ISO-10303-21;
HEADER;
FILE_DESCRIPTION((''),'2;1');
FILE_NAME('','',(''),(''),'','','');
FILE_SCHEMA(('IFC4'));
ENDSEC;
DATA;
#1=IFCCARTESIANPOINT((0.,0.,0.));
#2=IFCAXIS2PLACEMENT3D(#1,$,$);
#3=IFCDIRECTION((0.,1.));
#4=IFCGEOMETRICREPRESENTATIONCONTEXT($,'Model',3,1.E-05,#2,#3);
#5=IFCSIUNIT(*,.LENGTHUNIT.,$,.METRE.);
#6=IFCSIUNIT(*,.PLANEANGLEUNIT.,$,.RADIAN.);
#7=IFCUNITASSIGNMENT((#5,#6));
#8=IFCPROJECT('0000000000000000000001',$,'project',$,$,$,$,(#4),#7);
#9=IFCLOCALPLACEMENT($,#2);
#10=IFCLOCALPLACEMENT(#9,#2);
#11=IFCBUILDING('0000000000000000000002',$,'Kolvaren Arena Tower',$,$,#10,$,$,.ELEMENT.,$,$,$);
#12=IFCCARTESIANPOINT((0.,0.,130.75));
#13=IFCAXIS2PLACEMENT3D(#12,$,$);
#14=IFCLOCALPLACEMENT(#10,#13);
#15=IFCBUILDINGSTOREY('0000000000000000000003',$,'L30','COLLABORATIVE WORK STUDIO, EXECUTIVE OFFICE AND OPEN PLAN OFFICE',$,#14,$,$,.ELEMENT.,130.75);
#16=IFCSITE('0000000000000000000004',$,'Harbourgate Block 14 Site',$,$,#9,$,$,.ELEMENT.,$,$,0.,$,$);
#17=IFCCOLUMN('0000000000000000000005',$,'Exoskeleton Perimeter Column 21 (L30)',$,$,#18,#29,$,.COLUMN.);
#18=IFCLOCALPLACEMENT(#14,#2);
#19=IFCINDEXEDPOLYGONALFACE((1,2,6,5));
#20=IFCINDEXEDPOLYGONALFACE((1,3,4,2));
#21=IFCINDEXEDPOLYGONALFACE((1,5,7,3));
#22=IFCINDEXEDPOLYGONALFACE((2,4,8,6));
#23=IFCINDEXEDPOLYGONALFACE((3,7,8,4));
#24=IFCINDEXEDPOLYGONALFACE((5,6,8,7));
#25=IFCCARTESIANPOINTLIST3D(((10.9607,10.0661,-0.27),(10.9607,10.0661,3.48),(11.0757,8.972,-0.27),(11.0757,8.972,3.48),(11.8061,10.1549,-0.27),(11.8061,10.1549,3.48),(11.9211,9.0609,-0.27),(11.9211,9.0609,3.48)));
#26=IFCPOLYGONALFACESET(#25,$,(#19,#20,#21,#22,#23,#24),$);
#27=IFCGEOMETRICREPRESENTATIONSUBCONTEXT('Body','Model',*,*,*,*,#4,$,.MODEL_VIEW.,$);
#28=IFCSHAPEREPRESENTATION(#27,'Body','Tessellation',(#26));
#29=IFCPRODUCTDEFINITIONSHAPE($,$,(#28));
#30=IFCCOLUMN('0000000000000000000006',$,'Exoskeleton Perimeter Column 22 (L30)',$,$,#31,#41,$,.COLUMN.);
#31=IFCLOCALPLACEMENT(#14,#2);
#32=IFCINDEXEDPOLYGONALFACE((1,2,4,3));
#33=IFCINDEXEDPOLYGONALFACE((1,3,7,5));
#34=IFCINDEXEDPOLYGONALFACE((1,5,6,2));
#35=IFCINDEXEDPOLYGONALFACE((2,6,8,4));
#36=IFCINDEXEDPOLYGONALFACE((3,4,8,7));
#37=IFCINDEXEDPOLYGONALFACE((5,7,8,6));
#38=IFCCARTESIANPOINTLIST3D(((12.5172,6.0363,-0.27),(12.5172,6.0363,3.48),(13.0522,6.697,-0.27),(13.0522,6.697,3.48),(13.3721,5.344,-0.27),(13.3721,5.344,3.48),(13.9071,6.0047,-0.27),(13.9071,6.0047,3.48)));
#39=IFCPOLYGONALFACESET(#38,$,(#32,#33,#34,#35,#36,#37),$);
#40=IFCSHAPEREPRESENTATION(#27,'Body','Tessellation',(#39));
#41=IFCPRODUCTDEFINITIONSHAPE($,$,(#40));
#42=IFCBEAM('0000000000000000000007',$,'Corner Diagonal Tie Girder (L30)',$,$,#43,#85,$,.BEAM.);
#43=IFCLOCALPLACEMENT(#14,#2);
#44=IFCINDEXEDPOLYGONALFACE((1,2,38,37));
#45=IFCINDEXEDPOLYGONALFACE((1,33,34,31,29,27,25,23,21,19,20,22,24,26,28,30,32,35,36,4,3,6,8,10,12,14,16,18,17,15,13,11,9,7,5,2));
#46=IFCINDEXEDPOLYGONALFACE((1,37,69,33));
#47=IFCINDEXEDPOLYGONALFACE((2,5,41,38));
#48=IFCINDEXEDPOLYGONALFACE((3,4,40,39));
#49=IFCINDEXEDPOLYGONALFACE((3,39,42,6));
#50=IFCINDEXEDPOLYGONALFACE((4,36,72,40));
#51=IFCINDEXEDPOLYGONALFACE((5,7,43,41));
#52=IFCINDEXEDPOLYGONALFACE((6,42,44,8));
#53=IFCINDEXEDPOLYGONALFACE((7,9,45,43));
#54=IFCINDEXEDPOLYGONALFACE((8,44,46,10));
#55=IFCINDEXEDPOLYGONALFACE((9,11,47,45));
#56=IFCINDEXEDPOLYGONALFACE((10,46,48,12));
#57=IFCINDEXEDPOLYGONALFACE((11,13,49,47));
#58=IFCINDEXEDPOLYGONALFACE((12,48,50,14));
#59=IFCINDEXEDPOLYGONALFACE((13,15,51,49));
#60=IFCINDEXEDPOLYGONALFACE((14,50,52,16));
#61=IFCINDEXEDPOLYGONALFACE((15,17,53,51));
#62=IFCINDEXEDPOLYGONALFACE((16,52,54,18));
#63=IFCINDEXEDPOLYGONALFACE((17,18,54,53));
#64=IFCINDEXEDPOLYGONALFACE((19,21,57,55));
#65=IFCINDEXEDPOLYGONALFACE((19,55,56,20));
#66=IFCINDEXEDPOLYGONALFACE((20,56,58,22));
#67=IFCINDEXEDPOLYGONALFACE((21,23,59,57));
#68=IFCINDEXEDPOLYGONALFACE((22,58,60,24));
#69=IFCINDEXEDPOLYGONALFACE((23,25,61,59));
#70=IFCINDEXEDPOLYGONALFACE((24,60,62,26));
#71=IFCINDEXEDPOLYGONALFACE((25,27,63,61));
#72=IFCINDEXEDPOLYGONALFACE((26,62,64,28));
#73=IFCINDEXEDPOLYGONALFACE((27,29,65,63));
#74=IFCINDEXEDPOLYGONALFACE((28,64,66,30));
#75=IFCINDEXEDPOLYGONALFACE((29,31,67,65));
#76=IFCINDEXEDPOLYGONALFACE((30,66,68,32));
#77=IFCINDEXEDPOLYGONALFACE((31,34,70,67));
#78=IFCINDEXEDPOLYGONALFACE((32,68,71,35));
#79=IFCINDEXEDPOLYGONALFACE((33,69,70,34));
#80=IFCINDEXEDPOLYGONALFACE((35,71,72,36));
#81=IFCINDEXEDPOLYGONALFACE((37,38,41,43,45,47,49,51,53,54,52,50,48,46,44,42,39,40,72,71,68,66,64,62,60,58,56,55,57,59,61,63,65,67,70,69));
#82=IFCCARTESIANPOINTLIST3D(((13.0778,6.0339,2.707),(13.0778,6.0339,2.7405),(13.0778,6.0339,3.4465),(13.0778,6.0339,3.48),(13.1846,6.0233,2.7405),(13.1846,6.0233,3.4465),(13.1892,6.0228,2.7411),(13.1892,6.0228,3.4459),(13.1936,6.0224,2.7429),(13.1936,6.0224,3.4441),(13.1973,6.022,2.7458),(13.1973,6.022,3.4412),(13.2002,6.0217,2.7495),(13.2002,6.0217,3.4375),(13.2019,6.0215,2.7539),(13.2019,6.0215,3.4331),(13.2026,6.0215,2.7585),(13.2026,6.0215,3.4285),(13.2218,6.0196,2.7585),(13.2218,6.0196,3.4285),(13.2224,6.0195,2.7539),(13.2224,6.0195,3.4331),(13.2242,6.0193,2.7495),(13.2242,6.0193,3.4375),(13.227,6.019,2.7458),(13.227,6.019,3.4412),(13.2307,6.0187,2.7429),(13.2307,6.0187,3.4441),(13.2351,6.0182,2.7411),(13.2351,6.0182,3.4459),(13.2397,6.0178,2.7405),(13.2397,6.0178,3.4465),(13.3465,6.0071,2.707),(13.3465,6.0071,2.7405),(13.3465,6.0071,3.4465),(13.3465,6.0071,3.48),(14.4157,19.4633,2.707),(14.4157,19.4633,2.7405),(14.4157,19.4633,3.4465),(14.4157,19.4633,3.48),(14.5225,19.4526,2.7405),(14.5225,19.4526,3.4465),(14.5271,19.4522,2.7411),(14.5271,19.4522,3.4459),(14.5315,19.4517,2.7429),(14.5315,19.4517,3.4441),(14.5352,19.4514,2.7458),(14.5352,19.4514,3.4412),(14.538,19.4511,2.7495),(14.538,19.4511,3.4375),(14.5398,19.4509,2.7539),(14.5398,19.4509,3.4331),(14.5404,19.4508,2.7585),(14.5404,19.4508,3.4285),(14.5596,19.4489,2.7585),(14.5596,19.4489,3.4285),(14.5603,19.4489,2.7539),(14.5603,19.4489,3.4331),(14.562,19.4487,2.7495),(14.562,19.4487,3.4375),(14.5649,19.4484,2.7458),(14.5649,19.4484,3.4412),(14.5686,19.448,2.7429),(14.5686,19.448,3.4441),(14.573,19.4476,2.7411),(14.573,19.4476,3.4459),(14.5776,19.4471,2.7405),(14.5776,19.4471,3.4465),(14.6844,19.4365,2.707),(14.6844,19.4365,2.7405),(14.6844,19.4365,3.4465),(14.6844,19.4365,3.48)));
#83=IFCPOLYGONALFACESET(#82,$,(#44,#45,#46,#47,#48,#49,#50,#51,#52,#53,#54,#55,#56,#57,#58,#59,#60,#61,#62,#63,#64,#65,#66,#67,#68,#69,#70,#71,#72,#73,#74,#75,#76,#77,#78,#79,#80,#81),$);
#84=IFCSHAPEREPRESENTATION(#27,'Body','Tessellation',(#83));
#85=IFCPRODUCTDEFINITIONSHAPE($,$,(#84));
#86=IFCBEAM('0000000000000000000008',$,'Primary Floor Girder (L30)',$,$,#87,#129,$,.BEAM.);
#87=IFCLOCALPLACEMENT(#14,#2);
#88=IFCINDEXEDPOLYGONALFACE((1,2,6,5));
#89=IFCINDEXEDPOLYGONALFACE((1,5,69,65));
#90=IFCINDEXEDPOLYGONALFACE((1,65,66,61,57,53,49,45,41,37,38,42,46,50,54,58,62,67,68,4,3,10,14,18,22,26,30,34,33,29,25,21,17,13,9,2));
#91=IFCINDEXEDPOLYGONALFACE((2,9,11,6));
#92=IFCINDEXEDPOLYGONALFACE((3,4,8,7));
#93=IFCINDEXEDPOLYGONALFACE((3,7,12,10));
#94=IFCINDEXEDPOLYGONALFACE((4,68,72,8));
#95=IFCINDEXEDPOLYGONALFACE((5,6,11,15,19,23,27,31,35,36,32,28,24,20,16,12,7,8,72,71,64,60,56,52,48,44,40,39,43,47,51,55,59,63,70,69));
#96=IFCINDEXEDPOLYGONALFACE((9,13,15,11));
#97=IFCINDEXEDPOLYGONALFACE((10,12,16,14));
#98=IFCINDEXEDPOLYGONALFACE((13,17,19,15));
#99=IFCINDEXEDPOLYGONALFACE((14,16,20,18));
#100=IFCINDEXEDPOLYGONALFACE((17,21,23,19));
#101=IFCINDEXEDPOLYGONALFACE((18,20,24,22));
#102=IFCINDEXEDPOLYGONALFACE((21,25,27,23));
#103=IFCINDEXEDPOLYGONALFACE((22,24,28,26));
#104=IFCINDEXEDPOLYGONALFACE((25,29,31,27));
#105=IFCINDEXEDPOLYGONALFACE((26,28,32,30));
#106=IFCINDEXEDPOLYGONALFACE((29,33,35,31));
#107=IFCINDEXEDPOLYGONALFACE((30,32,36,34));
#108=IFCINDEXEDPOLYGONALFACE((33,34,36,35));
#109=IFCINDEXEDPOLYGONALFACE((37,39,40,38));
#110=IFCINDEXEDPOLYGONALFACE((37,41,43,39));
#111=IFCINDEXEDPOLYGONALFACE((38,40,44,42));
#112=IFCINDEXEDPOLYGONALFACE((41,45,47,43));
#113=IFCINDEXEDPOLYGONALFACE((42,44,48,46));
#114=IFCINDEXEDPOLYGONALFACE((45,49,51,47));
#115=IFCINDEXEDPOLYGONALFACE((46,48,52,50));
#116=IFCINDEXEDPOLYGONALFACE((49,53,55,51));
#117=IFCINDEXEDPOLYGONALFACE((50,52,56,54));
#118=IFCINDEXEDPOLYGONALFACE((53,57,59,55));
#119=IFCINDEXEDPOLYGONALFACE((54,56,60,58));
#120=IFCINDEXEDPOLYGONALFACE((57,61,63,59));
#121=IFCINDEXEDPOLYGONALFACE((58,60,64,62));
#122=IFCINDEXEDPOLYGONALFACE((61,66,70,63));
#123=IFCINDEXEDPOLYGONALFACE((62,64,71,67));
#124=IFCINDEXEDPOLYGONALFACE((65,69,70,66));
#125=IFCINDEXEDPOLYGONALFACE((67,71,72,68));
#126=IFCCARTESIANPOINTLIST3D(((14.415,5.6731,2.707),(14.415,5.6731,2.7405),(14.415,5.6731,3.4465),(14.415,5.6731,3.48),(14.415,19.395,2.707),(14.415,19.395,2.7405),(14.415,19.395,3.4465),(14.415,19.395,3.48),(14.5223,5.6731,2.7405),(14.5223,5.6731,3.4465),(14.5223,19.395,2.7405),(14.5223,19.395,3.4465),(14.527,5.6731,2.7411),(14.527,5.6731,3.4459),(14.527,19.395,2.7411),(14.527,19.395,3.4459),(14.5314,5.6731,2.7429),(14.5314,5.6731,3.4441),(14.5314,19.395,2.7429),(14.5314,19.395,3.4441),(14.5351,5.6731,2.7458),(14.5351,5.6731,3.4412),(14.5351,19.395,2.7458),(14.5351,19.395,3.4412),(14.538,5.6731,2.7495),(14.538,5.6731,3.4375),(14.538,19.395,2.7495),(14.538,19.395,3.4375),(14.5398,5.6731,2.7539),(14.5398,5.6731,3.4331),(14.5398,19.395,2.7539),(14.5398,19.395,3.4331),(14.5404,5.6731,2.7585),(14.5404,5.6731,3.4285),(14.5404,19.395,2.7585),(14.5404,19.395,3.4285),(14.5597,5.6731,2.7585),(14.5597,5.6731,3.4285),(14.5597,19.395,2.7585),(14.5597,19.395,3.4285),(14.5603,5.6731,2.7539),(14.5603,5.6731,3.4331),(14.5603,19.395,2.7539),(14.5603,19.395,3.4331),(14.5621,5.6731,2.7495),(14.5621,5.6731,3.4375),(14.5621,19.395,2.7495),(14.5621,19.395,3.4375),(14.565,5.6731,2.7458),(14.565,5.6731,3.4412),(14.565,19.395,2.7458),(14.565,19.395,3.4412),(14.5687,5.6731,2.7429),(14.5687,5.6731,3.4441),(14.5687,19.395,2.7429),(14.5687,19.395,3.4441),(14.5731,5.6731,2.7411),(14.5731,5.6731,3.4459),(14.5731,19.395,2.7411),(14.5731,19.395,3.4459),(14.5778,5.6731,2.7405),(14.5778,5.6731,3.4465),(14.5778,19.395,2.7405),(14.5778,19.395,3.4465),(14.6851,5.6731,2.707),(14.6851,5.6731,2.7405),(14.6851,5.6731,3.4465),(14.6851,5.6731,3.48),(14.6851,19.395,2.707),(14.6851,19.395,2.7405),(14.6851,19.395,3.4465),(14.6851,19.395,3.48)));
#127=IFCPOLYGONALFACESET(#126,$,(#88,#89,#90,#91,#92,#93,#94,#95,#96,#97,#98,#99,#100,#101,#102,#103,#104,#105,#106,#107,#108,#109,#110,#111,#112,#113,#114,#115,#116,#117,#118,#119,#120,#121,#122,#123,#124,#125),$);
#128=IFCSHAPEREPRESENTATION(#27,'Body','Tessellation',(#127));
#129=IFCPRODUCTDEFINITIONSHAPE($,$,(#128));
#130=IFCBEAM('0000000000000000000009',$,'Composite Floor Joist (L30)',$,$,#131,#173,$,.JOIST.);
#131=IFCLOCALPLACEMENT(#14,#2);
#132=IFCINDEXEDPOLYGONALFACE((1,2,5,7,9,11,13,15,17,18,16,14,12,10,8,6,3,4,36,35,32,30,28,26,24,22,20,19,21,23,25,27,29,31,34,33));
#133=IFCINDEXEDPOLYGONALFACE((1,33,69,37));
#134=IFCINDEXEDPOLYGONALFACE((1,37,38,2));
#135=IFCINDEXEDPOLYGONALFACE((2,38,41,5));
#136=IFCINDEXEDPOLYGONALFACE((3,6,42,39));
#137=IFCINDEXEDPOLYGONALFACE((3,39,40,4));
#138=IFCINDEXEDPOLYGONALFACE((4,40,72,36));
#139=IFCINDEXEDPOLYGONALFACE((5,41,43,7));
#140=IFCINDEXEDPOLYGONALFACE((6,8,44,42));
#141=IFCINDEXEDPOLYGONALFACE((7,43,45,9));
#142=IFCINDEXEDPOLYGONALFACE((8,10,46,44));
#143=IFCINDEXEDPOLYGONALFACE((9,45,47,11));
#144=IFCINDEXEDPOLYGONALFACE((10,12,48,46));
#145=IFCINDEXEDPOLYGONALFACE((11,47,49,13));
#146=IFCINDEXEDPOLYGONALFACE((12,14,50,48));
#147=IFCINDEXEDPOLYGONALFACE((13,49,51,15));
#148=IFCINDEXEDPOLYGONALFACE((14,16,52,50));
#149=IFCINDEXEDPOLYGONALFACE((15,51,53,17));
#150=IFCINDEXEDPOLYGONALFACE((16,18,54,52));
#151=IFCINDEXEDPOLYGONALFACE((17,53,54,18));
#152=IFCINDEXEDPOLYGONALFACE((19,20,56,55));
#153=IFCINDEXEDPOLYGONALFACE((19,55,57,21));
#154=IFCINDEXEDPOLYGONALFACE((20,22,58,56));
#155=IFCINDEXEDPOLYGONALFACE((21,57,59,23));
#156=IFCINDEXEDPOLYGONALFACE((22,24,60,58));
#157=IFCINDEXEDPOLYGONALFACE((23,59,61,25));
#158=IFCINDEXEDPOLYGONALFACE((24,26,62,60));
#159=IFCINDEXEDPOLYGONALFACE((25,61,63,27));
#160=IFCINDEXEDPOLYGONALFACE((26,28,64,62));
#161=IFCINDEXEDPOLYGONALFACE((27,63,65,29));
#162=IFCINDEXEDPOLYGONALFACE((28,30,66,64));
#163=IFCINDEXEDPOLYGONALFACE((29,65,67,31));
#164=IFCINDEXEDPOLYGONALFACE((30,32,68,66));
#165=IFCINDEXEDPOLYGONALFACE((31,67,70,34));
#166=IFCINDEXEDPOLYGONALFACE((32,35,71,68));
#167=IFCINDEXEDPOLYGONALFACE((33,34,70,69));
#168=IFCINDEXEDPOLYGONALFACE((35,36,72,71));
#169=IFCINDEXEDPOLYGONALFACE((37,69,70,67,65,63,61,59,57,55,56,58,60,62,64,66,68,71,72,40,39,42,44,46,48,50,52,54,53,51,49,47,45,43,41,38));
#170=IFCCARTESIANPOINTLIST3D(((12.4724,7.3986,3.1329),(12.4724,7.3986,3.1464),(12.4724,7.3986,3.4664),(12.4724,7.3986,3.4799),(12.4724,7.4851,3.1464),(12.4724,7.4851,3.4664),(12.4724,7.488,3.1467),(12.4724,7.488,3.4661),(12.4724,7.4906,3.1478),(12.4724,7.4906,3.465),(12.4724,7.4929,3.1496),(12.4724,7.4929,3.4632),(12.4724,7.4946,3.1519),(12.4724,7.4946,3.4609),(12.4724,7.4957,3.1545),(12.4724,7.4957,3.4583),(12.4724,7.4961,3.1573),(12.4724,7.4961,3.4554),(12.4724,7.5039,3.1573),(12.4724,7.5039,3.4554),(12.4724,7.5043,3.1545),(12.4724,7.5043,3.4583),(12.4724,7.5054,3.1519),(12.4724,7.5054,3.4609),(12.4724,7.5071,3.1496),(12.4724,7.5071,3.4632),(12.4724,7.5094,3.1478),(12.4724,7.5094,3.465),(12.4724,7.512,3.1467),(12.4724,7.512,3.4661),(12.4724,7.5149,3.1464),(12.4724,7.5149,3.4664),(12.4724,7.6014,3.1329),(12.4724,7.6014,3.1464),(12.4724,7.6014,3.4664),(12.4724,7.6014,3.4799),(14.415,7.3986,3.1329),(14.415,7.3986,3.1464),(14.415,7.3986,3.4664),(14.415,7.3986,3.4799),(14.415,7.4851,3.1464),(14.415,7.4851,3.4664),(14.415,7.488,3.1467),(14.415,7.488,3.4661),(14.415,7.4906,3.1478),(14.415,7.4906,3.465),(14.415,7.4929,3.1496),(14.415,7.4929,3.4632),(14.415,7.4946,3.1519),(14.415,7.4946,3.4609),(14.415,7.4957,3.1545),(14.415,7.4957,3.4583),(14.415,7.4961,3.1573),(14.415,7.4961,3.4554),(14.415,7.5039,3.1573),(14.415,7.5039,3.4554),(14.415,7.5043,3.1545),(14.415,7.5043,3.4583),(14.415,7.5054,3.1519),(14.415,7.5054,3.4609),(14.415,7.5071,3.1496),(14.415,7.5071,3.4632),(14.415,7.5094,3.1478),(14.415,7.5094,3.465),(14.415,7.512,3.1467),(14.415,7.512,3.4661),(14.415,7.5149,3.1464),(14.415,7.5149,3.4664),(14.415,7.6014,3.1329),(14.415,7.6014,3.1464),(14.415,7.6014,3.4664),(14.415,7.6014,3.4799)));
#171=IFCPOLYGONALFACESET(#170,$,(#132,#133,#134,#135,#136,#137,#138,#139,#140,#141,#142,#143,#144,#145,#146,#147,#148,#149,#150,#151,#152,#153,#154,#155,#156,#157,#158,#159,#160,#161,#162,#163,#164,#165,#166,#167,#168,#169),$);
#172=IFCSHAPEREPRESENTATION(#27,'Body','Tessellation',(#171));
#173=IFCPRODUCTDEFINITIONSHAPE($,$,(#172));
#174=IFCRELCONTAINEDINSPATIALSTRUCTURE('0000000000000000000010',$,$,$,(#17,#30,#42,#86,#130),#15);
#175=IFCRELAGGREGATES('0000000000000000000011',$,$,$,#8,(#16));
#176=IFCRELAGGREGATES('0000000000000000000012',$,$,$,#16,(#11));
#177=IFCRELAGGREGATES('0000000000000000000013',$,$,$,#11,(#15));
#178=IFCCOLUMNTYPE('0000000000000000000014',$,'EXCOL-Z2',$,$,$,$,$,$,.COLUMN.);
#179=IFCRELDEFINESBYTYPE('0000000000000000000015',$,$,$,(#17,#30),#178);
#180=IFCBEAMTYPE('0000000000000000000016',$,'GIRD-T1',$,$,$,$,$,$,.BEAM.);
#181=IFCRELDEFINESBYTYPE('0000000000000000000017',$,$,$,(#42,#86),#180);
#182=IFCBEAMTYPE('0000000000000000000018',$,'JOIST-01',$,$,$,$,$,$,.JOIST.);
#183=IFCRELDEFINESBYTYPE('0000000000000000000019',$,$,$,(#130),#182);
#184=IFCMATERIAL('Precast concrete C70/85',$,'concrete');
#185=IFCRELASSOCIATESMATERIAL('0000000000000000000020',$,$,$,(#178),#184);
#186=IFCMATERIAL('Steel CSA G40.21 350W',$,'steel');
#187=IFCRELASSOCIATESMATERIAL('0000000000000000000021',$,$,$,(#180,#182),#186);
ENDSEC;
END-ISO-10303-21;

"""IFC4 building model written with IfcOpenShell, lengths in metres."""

from ifc_helpers import new_model, si_unit, direction, frame, origin, origin_2d, place, context, subcontext, project, spatial, rectangle, i_section, extrude, material, material_profile, profile_set, type_object, element, save


model = new_model("IFC4")

# Units and contexts
model_context = context("Model", 3, precision=1e-05, world=origin(), true_north=direction((0.0, 1.0)))
body_context = subcontext(model_context, "Body", "Model", "MODEL_VIEW")
ifc_project = project(units=[si_unit("LENGTHUNIT", "METRE"), si_unit("PLANEANGLEUNIT", "RADIAN")], contexts=[model_context])

# Site, building, storey
site_placement = place(None, origin())
site = spatial("IfcSite", under=ifc_project, at=site_placement, Name="Harbourgate Block 14 Site", CompositionType="ELEMENT", RefElevation=0.0)
building_placement = place(site_placement, origin())
building = spatial("IfcBuilding", under=site, at=building_placement, Name="Kolvaren Arena Tower", CompositionType="ELEMENT")
storey_placement = place(building_placement, frame((0.0, 0.0, 130.75)))
storey = spatial("IfcBuildingStorey", under=building, at=storey_placement, Name="L30", Description="COLLABORATIVE WORK STUDIO, EXECUTIVE OFFICE AND OPEN PLAN OFFICE", CompositionType="ELEMENT", Elevation=130.75)

# Columns
ifc_material_1 = material(Name="Precast concrete C70/85", Category="concrete")
ifc_material_profile_1 = material_profile(ifc_material_1, rectangle(XDim=1.1001, YDim=0.8501, at=origin_2d()), Name="RC-1100x850")
ifc_profile_set_1 = profile_set([ifc_material_profile_1], Name="Precast concrete C70/85")
column_type = type_object("IfcColumnType", Name="EXCOL-Z2", PredefinedType="COLUMN", material=ifc_profile_set_1)
for number, where, z_axis, x_axis, name in (
    (1, (11.4409, 9.5635, -0.27), (0.0, 0.0, 1.0), (-0.104528, 0.994522, 0.0), "Exoskeleton Perimeter Column 21 (L30)"),
    (2, (13.2122, 6.0205, -0.27), (0.0, 0.0, 1.0), (-0.777146, 0.62932, 0.0), "Exoskeleton Perimeter Column 22 (L30)"),
):
    element("IfcColumn", number, at=place(storey_placement, frame(where, z_axis=z_axis, x_axis=x_axis)), inside=storey, type_object=column_type, Name=name, PredefinedType="COLUMN", context=body_context, shape_type="SweptSolid", body=[
        extrude(rectangle(XDim=1.1001, YDim=0.8501, at=origin_2d()), origin(), (0.0, 0.0, 1.0), 3.75),
    ])

# Beams
ifc_material_2 = material(Name="Steel CSA G40.21 350W", Category="steel")
ifc_material_profile_2 = material_profile(ifc_material_2, i_section(OverallWidth=0.27, OverallDepth=0.7729, WebThickness=0.0193, FlangeThickness=0.0334, FilletRadius=0.0181, at=origin_2d()), Name="W760x257")
ifc_profile_set_2 = profile_set([ifc_material_profile_2], Name="Steel CSA G40.21 350W")
beam_type_1 = type_object("IfcBeamType", Name="GIRD-T1", PredefinedType="BEAM", material=ifc_profile_set_2)
beam_1_placement = place(storey_placement, frame((13.2122, 6.0205, 3.0935), z_axis=(0.099133, 0.995074, 0.0), x_axis=(-0.995074, 0.099133, 0.0)))
element("IfcBeam", 3, at=beam_1_placement, inside=storey, type_object=beam_type_1, Name="Corner Diagonal Tie Girder (L30)", PredefinedType="BEAM", context=body_context, shape_type="SweptSolid", body=[
    extrude(i_section(OverallWidth=0.27, OverallDepth=0.7729, WebThickness=0.0193, FlangeThickness=0.0334, FilletRadius=0.0181, at=origin_2d()), origin(), (0.0, 0.0, 1.0), 13.4958),
])
beam_2_placement = place(storey_placement, frame((14.55, 5.6731, 3.0935), z_axis=(0.0, 1.0, 0.0), x_axis=(-1.0, 0.0, 0.0)))
element("IfcBeam", 4, at=beam_2_placement, inside=storey, type_object=beam_type_1, Name="Primary Floor Girder (L30)", PredefinedType="BEAM", context=body_context, shape_type="SweptSolid", body=[
    extrude(i_section(OverallWidth=0.27, OverallDepth=0.7729, WebThickness=0.0193, FlangeThickness=0.0334, FilletRadius=0.0181, at=origin_2d()), origin(), (0.0, 0.0, 1.0), 13.7219),
])
ifc_material_profile_3 = material_profile(ifc_material_2, i_section(OverallWidth=0.2029, OverallDepth=0.3469, WebThickness=0.0078, FlangeThickness=0.0134, FilletRadius=0.011, at=origin_2d()), Name="W360x64")
ifc_profile_set_3 = profile_set([ifc_material_profile_3], Name="Steel CSA G40.21 350W")
beam_type_2 = type_object("IfcBeamType", Name="JOIST-01", PredefinedType="JOIST", material=ifc_profile_set_3)
beam_3_placement = place(storey_placement, frame((12.4724, 7.5, 3.3064), z_axis=(1.0, 0.0, 0.0), x_axis=(0.0, 1.0, 0.0)))
element("IfcBeam", 5, at=beam_3_placement, inside=storey, type_object=beam_type_2, Name="Composite Floor Joist (L30)", PredefinedType="JOIST", context=body_context, shape_type="SweptSolid", body=[
    extrude(i_section(OverallWidth=0.2029, OverallDepth=0.3469, WebThickness=0.0078, FlangeThickness=0.0134, FilletRadius=0.011, at=origin_2d()), origin(), (0.0, 0.0, 1.0), 1.9426),
])

save(model, "model.ifc")
